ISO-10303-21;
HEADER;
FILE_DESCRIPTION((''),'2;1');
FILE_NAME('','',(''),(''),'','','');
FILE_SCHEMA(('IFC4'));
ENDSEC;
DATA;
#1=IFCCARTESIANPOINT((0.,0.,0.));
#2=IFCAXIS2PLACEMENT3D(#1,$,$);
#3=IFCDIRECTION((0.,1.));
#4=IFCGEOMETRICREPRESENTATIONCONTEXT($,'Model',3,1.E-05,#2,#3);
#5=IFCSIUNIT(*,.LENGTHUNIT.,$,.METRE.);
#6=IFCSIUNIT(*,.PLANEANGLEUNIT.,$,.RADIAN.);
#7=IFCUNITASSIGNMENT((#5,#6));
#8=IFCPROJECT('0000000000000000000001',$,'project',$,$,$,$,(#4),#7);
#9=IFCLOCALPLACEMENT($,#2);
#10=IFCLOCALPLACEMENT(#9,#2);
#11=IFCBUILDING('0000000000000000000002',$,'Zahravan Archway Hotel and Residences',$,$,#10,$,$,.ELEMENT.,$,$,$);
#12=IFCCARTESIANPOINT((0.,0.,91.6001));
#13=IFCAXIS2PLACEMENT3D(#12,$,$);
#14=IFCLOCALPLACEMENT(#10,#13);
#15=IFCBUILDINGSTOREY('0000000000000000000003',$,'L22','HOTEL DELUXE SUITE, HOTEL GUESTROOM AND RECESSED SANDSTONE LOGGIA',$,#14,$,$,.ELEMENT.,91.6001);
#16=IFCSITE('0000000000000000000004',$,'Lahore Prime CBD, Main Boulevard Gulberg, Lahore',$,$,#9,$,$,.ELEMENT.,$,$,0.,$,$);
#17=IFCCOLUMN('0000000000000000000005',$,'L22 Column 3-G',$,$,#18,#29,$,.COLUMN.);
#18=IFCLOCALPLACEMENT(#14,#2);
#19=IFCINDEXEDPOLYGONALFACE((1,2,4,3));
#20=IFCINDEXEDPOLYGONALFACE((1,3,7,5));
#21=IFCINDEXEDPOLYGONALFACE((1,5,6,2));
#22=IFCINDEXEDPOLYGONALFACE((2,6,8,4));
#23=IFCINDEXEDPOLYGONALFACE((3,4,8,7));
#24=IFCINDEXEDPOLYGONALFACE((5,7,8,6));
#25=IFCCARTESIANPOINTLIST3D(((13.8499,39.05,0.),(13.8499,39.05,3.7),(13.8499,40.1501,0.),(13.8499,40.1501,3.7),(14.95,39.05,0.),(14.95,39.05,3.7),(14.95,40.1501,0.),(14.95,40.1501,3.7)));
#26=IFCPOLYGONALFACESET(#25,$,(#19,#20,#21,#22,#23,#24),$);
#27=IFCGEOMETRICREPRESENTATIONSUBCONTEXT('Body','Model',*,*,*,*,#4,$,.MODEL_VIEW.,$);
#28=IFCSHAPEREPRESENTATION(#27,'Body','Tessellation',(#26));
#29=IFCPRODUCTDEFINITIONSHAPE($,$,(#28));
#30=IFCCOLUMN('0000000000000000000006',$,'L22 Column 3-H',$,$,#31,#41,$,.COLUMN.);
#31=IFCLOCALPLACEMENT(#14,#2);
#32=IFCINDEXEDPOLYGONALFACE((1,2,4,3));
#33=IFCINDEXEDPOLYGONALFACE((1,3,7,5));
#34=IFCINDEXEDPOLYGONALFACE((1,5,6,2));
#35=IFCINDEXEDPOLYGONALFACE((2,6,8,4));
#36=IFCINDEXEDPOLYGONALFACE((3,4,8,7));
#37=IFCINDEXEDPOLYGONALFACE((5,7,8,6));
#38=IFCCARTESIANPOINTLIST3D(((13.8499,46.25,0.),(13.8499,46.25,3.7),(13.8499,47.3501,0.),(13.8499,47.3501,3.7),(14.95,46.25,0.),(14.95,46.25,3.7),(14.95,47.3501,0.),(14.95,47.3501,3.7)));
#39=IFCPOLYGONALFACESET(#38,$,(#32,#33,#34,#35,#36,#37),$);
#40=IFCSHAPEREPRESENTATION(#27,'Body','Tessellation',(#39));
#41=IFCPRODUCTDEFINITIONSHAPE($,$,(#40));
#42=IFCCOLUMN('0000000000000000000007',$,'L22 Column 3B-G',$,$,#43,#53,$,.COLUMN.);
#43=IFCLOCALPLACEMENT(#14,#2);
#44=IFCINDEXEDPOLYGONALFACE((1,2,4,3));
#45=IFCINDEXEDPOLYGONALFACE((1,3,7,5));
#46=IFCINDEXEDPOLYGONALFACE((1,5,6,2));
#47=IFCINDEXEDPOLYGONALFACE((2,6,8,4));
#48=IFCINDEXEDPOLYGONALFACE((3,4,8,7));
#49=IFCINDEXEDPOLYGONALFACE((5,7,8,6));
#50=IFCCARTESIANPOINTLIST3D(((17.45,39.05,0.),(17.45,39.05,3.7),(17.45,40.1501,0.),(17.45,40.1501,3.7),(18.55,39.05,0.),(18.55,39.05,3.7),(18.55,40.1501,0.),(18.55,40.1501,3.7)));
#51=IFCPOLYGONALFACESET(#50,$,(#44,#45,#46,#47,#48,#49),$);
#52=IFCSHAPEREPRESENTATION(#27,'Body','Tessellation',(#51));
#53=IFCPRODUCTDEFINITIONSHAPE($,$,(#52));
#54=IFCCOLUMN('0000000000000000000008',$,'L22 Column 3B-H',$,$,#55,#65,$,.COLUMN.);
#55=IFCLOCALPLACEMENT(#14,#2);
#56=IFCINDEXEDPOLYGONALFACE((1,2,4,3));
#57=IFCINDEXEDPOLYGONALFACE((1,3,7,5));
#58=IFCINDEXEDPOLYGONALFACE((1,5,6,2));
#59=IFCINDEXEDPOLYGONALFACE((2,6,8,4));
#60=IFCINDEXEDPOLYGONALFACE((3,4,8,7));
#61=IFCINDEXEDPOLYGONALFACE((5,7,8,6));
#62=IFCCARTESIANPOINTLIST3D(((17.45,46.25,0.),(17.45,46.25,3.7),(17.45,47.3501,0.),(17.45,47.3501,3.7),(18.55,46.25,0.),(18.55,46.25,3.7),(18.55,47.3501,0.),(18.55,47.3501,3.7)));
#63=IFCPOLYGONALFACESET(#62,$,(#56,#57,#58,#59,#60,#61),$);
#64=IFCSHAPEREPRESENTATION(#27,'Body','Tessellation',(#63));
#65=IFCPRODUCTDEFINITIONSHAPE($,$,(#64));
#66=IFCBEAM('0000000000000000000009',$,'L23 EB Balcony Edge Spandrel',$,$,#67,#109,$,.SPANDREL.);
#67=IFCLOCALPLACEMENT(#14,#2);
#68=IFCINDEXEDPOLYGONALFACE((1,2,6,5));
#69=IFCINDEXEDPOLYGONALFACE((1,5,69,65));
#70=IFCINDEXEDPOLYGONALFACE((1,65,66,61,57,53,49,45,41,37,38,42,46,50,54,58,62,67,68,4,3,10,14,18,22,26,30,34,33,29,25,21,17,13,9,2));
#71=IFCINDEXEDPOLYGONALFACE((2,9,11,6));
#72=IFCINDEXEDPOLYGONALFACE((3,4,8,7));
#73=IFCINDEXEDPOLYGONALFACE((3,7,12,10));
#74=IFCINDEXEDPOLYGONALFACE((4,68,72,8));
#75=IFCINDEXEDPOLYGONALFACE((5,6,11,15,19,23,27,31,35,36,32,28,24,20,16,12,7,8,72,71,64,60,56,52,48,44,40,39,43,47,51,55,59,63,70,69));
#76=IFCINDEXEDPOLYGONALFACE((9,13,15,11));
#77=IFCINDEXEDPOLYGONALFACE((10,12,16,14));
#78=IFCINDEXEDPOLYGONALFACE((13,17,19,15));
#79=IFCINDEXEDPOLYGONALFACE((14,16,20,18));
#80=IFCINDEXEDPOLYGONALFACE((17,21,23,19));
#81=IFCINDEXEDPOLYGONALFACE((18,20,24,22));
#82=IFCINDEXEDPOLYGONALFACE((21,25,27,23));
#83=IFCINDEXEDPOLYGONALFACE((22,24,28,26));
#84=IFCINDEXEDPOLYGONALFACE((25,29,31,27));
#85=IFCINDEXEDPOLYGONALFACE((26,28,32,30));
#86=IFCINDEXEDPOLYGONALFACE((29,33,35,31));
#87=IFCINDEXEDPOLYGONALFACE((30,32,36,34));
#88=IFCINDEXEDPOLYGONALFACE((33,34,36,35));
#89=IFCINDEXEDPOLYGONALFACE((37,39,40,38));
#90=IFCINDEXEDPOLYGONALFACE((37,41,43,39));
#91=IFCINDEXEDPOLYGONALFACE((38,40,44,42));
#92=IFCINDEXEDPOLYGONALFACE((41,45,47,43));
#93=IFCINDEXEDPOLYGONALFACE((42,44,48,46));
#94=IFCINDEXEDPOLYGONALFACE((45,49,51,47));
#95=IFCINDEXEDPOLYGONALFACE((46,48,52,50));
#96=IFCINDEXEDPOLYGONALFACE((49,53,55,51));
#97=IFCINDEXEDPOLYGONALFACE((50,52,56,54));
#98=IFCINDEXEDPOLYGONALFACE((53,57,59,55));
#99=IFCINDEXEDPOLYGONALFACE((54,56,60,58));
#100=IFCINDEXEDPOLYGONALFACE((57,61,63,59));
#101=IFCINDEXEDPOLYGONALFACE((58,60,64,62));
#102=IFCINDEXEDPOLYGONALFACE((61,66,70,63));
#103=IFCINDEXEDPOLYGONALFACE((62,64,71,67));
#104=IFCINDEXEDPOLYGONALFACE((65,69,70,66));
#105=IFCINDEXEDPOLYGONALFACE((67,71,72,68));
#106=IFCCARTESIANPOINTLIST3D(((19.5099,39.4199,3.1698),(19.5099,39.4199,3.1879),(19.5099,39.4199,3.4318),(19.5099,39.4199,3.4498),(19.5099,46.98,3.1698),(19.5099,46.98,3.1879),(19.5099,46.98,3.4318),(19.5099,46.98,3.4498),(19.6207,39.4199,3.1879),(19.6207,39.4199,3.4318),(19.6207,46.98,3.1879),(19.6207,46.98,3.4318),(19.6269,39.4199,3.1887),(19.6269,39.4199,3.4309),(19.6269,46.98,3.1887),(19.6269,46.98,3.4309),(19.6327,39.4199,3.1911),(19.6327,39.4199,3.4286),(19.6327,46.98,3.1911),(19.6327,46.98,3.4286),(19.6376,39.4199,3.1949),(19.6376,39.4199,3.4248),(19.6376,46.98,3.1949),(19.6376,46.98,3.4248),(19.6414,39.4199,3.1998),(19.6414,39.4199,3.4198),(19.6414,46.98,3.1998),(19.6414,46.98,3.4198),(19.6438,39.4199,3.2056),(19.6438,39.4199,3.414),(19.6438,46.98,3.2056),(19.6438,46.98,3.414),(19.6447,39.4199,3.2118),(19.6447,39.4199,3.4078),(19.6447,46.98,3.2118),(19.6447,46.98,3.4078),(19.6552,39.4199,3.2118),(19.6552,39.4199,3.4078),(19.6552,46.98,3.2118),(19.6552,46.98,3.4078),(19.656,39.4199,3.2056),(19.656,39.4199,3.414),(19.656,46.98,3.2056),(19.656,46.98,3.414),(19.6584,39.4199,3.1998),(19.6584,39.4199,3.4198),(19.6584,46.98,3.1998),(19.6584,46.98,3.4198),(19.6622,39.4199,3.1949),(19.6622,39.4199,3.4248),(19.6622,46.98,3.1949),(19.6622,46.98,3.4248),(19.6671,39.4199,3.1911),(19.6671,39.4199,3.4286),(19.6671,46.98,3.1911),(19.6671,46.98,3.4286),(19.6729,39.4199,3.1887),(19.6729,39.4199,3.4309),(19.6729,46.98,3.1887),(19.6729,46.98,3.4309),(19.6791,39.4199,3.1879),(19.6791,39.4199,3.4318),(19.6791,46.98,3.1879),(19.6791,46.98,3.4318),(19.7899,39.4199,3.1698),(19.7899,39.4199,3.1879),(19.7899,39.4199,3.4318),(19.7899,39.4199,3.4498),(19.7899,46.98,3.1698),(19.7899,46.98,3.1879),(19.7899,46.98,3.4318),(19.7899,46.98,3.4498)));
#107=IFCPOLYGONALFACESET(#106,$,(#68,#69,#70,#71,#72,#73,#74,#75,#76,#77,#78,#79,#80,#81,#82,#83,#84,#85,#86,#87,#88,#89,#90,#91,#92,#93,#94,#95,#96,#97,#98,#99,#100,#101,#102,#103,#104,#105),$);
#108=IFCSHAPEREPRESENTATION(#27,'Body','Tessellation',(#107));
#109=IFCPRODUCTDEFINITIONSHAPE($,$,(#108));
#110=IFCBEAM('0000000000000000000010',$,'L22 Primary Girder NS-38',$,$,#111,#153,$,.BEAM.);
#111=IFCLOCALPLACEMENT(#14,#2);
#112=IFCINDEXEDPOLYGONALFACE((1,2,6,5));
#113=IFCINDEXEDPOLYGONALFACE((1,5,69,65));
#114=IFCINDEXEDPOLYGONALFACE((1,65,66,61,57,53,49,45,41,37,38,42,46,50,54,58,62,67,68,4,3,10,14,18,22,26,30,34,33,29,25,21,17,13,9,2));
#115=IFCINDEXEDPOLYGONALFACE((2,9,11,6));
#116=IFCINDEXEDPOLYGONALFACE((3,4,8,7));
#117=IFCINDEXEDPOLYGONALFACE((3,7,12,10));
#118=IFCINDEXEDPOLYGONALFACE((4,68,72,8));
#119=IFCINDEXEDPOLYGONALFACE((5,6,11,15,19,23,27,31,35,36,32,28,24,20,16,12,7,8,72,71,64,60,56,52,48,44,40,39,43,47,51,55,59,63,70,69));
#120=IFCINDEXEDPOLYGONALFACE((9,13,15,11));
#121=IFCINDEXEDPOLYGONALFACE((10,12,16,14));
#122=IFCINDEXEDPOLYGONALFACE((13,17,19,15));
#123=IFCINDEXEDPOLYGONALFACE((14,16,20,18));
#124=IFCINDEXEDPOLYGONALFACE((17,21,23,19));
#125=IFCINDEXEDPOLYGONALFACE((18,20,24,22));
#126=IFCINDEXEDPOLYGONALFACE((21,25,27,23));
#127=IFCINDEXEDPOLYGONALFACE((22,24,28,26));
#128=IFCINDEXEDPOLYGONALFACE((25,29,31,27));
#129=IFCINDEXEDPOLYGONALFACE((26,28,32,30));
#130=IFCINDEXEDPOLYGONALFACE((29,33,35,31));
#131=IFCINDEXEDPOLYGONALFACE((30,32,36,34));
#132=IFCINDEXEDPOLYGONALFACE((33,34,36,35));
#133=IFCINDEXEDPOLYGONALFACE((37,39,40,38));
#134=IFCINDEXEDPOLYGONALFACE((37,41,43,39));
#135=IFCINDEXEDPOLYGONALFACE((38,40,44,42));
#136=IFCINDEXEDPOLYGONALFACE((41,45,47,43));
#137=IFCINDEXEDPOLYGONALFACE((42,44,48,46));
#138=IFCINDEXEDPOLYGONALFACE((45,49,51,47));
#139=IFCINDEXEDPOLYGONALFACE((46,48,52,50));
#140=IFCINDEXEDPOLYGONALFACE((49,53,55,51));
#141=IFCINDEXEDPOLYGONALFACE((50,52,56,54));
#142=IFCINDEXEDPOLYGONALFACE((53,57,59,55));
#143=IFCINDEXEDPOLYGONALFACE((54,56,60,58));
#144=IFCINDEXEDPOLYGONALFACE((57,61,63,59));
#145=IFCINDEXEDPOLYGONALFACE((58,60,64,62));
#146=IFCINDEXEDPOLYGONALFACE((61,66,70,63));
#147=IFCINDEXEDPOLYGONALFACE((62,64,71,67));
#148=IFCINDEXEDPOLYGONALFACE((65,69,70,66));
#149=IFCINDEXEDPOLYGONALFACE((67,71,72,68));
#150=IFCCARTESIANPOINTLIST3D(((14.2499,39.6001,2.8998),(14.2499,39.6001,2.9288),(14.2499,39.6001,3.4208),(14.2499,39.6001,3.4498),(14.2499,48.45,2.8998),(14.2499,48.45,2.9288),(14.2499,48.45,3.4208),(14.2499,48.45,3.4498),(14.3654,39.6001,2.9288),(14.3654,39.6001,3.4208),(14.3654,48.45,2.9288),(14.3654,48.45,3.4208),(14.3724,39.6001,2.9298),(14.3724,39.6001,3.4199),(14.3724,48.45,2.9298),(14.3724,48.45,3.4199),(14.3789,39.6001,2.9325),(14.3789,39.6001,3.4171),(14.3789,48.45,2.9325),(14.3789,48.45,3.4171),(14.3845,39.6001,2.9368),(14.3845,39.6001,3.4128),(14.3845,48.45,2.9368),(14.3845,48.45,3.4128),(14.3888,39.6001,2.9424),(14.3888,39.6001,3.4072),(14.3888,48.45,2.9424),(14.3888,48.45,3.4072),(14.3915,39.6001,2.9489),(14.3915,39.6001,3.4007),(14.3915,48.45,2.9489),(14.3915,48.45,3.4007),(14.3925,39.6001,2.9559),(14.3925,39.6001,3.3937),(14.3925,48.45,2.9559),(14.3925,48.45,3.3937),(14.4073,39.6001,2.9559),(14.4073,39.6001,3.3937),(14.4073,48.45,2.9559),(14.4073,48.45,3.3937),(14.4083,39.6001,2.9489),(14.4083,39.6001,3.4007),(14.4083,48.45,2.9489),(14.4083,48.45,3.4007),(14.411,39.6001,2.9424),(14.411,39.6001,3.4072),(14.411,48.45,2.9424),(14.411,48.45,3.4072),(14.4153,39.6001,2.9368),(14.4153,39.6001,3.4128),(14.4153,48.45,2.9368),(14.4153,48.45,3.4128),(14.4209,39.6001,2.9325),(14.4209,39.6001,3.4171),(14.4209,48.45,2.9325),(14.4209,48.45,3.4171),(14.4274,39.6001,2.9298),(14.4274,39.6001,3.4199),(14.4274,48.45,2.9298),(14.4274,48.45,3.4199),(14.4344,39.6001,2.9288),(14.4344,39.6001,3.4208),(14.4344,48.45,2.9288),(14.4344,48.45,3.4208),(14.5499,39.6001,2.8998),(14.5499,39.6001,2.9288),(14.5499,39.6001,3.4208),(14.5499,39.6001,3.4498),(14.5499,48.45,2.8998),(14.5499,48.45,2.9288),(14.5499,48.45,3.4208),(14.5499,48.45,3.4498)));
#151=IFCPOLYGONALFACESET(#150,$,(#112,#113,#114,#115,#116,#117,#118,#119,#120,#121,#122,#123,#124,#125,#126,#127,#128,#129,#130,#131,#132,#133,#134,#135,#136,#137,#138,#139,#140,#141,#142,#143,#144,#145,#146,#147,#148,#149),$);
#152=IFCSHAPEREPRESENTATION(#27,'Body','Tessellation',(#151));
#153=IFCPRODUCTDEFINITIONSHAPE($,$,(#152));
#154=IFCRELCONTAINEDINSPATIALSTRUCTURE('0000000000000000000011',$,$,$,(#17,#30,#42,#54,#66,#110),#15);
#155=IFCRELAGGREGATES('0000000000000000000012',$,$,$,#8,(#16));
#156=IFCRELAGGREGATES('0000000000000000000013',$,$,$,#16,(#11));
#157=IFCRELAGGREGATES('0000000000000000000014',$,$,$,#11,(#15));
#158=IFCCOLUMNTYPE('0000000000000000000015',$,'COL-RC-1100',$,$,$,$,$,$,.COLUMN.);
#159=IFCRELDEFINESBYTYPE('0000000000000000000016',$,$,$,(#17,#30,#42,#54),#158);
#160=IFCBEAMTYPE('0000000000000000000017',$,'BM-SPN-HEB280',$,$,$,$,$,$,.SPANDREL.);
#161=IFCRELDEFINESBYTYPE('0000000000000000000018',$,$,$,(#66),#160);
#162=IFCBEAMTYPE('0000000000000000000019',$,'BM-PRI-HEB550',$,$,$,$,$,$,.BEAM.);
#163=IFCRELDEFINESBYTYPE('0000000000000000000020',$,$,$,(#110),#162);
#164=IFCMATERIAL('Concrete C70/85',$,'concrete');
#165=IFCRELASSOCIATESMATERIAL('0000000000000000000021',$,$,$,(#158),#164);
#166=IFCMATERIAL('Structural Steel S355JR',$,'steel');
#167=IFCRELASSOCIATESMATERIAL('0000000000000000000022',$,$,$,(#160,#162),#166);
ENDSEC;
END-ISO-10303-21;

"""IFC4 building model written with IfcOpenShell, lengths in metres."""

from ifc_helpers import new_model, si_unit, direction, frame, origin, origin_2d, place, context, subcontext, project, spatial, rectangle, i_section, extrude, source, transform, mapped, material, material_profile, profile_set, type_object, type_shapes, element, save


model = new_model("IFC4")

# Units and contexts
model_context = context("Model", 3, precision=1e-05, world=origin(), true_north=direction((0.0, 1.0)))
body_context = subcontext(model_context, "Body", "Model", "MODEL_VIEW")
ifc_project = project(units=[si_unit("LENGTHUNIT", "METRE"), si_unit("PLANEANGLEUNIT", "RADIAN")], contexts=[model_context])

# Site, building, storey
site_placement = place(None, origin())
site = spatial("IfcSite", under=ifc_project, at=site_placement, Name="Lahore Prime CBD, Main Boulevard Gulberg, Lahore", CompositionType="ELEMENT", RefElevation=0.0)
building_placement = place(site_placement, origin())
building = spatial("IfcBuilding", under=site, at=building_placement, Name="Zahravan Archway Hotel and Residences", CompositionType="ELEMENT")
storey_placement = place(building_placement, frame((0.0, 0.0, 91.6001)))
storey = spatial("IfcBuildingStorey", under=building, at=storey_placement, Name="L22", Description="HOTEL DELUXE SUITE, HOTEL GUESTROOM AND RECESSED SANDSTONE LOGGIA", CompositionType="ELEMENT", Elevation=91.6001)

# Columns
ifc_material_1 = material(Name="Concrete C70/85", Category="concrete")
ifc_material_profile_1 = material_profile(ifc_material_1, rectangle(XDim=1.1001, YDim=1.1001, at=origin_2d()), Name="RC 1100x1100", Category="concrete")
ifc_profile_set_1 = profile_set([ifc_material_profile_1], Name="Concrete C70/85")
column_type = type_object("IfcColumnType", Name="COL-RC-1100", PredefinedType="COLUMN", material=ifc_profile_set_1)
shared_shape_1 = source(origin(), body_context, "Body", "SweptSolid", [
    extrude(rectangle(XDim=1.1001, YDim=1.1001, at=origin_2d()), origin(), (0.0, 0.0, 1.0), 3.7),
])
for number, where, z_axis, x_axis, name in (
    (1, (14.3999, 39.6001, 0.0), (0.0, 0.0, 1.0), (1.0, 0.0, 0.0), "L22 Column 3-G"),
    (2, (14.3999, 46.8, 0.0), (0.0, 0.0, 1.0), (1.0, 0.0, 0.0), "L22 Column 3-H"),
    (3, (18.0, 39.6001, 0.0), (0.0, 0.0, 1.0), (1.0, 0.0, 0.0), "L22 Column 3B-G"),
    (4, (18.0, 46.8, 0.0), (0.0, 0.0, 1.0), (1.0, 0.0, 0.0), "L22 Column 3B-H"),
):
    element("IfcColumn", number, at=place(storey_placement, frame(where, z_axis=z_axis, x_axis=x_axis)), inside=storey, type_object=column_type, Name=name, PredefinedType="COLUMN", context=body_context, shape_type="MappedRepresentation", body=[
        mapped(shared_shape_1, transform((0.0, 0.0, 0.0), scale=1.0)),
    ])

# Beams
ifc_material_2 = material(Name="Structural Steel S355JR", Category="steel")
ifc_material_profile_2 = material_profile(ifc_material_2, i_section(OverallWidth=0.28, OverallDepth=0.28, WebThickness=0.0105, FlangeThickness=0.0181, FilletRadius=0.0239, at=origin_2d()), Name="HEB 280", Category="steel")
ifc_profile_set_2 = profile_set([ifc_material_profile_2], Name="Structural Steel S355JR")
beam_type_1 = type_object("IfcBeamType", Name="BM-SPN-HEB280", PredefinedType="SPANDREL", material=ifc_profile_set_2)
shared_shape_2 = source(origin(), body_context, "Body", "SweptSolid", [
    extrude(i_section(OverallWidth=0.28, OverallDepth=0.28, WebThickness=0.0105, FlangeThickness=0.0181, FilletRadius=0.0239, at=origin_2d()), origin(), (0.0, 0.0, 1.0), 7.5601),
])
type_shapes(beam_type_1, [shared_shape_2])
beam_1_placement = place(storey_placement, frame((19.6499, 39.4199, 3.3098), z_axis=(0.0, 1.0, 0.0), x_axis=(-1.0, 0.0, 0.0)))
element("IfcBeam", 5, at=beam_1_placement, inside=storey, type_object=beam_type_1, Name="L23 EB Balcony Edge Spandrel", PredefinedType="SPANDREL", context=body_context, shape_type="MappedRepresentation", body=[
    mapped(shared_shape_2, transform((0.0, 0.0, 0.0), scale=1.0)),
])
ifc_material_profile_3 = material_profile(ifc_material_2, i_section(OverallWidth=0.3, OverallDepth=0.55, WebThickness=0.0149, FlangeThickness=0.0291, FilletRadius=0.0271, at=origin_2d()), Name="HEB 550", Category="steel")
ifc_profile_set_3 = profile_set([ifc_material_profile_3], Name="Structural Steel S355JR")
beam_type_2 = type_object("IfcBeamType", Name="BM-PRI-HEB550", PredefinedType="BEAM", material=ifc_profile_set_3)
shared_shape_3 = source(origin(), body_context, "Body", "SweptSolid", [
    extrude(i_section(OverallWidth=0.3, OverallDepth=0.55, WebThickness=0.0149, FlangeThickness=0.0291, FilletRadius=0.0271, at=origin_2d()), origin(), (0.0, 0.0, 1.0), 8.8499),
])
beam_2_placement = place(storey_placement, frame((14.3999, 39.6001, 3.1748), z_axis=(0.0, 1.0, 0.0), x_axis=(-1.0, 0.0, 0.0)))
element("IfcBeam", 6, at=beam_2_placement, inside=storey, type_object=beam_type_2, Name="L22 Primary Girder NS-38", PredefinedType="BEAM", context=body_context, shape_type="MappedRepresentation", body=[
    mapped(shared_shape_3, transform((0.0, 0.0, 0.0), scale=1.0)),
])

save(model, "model.ifc")
